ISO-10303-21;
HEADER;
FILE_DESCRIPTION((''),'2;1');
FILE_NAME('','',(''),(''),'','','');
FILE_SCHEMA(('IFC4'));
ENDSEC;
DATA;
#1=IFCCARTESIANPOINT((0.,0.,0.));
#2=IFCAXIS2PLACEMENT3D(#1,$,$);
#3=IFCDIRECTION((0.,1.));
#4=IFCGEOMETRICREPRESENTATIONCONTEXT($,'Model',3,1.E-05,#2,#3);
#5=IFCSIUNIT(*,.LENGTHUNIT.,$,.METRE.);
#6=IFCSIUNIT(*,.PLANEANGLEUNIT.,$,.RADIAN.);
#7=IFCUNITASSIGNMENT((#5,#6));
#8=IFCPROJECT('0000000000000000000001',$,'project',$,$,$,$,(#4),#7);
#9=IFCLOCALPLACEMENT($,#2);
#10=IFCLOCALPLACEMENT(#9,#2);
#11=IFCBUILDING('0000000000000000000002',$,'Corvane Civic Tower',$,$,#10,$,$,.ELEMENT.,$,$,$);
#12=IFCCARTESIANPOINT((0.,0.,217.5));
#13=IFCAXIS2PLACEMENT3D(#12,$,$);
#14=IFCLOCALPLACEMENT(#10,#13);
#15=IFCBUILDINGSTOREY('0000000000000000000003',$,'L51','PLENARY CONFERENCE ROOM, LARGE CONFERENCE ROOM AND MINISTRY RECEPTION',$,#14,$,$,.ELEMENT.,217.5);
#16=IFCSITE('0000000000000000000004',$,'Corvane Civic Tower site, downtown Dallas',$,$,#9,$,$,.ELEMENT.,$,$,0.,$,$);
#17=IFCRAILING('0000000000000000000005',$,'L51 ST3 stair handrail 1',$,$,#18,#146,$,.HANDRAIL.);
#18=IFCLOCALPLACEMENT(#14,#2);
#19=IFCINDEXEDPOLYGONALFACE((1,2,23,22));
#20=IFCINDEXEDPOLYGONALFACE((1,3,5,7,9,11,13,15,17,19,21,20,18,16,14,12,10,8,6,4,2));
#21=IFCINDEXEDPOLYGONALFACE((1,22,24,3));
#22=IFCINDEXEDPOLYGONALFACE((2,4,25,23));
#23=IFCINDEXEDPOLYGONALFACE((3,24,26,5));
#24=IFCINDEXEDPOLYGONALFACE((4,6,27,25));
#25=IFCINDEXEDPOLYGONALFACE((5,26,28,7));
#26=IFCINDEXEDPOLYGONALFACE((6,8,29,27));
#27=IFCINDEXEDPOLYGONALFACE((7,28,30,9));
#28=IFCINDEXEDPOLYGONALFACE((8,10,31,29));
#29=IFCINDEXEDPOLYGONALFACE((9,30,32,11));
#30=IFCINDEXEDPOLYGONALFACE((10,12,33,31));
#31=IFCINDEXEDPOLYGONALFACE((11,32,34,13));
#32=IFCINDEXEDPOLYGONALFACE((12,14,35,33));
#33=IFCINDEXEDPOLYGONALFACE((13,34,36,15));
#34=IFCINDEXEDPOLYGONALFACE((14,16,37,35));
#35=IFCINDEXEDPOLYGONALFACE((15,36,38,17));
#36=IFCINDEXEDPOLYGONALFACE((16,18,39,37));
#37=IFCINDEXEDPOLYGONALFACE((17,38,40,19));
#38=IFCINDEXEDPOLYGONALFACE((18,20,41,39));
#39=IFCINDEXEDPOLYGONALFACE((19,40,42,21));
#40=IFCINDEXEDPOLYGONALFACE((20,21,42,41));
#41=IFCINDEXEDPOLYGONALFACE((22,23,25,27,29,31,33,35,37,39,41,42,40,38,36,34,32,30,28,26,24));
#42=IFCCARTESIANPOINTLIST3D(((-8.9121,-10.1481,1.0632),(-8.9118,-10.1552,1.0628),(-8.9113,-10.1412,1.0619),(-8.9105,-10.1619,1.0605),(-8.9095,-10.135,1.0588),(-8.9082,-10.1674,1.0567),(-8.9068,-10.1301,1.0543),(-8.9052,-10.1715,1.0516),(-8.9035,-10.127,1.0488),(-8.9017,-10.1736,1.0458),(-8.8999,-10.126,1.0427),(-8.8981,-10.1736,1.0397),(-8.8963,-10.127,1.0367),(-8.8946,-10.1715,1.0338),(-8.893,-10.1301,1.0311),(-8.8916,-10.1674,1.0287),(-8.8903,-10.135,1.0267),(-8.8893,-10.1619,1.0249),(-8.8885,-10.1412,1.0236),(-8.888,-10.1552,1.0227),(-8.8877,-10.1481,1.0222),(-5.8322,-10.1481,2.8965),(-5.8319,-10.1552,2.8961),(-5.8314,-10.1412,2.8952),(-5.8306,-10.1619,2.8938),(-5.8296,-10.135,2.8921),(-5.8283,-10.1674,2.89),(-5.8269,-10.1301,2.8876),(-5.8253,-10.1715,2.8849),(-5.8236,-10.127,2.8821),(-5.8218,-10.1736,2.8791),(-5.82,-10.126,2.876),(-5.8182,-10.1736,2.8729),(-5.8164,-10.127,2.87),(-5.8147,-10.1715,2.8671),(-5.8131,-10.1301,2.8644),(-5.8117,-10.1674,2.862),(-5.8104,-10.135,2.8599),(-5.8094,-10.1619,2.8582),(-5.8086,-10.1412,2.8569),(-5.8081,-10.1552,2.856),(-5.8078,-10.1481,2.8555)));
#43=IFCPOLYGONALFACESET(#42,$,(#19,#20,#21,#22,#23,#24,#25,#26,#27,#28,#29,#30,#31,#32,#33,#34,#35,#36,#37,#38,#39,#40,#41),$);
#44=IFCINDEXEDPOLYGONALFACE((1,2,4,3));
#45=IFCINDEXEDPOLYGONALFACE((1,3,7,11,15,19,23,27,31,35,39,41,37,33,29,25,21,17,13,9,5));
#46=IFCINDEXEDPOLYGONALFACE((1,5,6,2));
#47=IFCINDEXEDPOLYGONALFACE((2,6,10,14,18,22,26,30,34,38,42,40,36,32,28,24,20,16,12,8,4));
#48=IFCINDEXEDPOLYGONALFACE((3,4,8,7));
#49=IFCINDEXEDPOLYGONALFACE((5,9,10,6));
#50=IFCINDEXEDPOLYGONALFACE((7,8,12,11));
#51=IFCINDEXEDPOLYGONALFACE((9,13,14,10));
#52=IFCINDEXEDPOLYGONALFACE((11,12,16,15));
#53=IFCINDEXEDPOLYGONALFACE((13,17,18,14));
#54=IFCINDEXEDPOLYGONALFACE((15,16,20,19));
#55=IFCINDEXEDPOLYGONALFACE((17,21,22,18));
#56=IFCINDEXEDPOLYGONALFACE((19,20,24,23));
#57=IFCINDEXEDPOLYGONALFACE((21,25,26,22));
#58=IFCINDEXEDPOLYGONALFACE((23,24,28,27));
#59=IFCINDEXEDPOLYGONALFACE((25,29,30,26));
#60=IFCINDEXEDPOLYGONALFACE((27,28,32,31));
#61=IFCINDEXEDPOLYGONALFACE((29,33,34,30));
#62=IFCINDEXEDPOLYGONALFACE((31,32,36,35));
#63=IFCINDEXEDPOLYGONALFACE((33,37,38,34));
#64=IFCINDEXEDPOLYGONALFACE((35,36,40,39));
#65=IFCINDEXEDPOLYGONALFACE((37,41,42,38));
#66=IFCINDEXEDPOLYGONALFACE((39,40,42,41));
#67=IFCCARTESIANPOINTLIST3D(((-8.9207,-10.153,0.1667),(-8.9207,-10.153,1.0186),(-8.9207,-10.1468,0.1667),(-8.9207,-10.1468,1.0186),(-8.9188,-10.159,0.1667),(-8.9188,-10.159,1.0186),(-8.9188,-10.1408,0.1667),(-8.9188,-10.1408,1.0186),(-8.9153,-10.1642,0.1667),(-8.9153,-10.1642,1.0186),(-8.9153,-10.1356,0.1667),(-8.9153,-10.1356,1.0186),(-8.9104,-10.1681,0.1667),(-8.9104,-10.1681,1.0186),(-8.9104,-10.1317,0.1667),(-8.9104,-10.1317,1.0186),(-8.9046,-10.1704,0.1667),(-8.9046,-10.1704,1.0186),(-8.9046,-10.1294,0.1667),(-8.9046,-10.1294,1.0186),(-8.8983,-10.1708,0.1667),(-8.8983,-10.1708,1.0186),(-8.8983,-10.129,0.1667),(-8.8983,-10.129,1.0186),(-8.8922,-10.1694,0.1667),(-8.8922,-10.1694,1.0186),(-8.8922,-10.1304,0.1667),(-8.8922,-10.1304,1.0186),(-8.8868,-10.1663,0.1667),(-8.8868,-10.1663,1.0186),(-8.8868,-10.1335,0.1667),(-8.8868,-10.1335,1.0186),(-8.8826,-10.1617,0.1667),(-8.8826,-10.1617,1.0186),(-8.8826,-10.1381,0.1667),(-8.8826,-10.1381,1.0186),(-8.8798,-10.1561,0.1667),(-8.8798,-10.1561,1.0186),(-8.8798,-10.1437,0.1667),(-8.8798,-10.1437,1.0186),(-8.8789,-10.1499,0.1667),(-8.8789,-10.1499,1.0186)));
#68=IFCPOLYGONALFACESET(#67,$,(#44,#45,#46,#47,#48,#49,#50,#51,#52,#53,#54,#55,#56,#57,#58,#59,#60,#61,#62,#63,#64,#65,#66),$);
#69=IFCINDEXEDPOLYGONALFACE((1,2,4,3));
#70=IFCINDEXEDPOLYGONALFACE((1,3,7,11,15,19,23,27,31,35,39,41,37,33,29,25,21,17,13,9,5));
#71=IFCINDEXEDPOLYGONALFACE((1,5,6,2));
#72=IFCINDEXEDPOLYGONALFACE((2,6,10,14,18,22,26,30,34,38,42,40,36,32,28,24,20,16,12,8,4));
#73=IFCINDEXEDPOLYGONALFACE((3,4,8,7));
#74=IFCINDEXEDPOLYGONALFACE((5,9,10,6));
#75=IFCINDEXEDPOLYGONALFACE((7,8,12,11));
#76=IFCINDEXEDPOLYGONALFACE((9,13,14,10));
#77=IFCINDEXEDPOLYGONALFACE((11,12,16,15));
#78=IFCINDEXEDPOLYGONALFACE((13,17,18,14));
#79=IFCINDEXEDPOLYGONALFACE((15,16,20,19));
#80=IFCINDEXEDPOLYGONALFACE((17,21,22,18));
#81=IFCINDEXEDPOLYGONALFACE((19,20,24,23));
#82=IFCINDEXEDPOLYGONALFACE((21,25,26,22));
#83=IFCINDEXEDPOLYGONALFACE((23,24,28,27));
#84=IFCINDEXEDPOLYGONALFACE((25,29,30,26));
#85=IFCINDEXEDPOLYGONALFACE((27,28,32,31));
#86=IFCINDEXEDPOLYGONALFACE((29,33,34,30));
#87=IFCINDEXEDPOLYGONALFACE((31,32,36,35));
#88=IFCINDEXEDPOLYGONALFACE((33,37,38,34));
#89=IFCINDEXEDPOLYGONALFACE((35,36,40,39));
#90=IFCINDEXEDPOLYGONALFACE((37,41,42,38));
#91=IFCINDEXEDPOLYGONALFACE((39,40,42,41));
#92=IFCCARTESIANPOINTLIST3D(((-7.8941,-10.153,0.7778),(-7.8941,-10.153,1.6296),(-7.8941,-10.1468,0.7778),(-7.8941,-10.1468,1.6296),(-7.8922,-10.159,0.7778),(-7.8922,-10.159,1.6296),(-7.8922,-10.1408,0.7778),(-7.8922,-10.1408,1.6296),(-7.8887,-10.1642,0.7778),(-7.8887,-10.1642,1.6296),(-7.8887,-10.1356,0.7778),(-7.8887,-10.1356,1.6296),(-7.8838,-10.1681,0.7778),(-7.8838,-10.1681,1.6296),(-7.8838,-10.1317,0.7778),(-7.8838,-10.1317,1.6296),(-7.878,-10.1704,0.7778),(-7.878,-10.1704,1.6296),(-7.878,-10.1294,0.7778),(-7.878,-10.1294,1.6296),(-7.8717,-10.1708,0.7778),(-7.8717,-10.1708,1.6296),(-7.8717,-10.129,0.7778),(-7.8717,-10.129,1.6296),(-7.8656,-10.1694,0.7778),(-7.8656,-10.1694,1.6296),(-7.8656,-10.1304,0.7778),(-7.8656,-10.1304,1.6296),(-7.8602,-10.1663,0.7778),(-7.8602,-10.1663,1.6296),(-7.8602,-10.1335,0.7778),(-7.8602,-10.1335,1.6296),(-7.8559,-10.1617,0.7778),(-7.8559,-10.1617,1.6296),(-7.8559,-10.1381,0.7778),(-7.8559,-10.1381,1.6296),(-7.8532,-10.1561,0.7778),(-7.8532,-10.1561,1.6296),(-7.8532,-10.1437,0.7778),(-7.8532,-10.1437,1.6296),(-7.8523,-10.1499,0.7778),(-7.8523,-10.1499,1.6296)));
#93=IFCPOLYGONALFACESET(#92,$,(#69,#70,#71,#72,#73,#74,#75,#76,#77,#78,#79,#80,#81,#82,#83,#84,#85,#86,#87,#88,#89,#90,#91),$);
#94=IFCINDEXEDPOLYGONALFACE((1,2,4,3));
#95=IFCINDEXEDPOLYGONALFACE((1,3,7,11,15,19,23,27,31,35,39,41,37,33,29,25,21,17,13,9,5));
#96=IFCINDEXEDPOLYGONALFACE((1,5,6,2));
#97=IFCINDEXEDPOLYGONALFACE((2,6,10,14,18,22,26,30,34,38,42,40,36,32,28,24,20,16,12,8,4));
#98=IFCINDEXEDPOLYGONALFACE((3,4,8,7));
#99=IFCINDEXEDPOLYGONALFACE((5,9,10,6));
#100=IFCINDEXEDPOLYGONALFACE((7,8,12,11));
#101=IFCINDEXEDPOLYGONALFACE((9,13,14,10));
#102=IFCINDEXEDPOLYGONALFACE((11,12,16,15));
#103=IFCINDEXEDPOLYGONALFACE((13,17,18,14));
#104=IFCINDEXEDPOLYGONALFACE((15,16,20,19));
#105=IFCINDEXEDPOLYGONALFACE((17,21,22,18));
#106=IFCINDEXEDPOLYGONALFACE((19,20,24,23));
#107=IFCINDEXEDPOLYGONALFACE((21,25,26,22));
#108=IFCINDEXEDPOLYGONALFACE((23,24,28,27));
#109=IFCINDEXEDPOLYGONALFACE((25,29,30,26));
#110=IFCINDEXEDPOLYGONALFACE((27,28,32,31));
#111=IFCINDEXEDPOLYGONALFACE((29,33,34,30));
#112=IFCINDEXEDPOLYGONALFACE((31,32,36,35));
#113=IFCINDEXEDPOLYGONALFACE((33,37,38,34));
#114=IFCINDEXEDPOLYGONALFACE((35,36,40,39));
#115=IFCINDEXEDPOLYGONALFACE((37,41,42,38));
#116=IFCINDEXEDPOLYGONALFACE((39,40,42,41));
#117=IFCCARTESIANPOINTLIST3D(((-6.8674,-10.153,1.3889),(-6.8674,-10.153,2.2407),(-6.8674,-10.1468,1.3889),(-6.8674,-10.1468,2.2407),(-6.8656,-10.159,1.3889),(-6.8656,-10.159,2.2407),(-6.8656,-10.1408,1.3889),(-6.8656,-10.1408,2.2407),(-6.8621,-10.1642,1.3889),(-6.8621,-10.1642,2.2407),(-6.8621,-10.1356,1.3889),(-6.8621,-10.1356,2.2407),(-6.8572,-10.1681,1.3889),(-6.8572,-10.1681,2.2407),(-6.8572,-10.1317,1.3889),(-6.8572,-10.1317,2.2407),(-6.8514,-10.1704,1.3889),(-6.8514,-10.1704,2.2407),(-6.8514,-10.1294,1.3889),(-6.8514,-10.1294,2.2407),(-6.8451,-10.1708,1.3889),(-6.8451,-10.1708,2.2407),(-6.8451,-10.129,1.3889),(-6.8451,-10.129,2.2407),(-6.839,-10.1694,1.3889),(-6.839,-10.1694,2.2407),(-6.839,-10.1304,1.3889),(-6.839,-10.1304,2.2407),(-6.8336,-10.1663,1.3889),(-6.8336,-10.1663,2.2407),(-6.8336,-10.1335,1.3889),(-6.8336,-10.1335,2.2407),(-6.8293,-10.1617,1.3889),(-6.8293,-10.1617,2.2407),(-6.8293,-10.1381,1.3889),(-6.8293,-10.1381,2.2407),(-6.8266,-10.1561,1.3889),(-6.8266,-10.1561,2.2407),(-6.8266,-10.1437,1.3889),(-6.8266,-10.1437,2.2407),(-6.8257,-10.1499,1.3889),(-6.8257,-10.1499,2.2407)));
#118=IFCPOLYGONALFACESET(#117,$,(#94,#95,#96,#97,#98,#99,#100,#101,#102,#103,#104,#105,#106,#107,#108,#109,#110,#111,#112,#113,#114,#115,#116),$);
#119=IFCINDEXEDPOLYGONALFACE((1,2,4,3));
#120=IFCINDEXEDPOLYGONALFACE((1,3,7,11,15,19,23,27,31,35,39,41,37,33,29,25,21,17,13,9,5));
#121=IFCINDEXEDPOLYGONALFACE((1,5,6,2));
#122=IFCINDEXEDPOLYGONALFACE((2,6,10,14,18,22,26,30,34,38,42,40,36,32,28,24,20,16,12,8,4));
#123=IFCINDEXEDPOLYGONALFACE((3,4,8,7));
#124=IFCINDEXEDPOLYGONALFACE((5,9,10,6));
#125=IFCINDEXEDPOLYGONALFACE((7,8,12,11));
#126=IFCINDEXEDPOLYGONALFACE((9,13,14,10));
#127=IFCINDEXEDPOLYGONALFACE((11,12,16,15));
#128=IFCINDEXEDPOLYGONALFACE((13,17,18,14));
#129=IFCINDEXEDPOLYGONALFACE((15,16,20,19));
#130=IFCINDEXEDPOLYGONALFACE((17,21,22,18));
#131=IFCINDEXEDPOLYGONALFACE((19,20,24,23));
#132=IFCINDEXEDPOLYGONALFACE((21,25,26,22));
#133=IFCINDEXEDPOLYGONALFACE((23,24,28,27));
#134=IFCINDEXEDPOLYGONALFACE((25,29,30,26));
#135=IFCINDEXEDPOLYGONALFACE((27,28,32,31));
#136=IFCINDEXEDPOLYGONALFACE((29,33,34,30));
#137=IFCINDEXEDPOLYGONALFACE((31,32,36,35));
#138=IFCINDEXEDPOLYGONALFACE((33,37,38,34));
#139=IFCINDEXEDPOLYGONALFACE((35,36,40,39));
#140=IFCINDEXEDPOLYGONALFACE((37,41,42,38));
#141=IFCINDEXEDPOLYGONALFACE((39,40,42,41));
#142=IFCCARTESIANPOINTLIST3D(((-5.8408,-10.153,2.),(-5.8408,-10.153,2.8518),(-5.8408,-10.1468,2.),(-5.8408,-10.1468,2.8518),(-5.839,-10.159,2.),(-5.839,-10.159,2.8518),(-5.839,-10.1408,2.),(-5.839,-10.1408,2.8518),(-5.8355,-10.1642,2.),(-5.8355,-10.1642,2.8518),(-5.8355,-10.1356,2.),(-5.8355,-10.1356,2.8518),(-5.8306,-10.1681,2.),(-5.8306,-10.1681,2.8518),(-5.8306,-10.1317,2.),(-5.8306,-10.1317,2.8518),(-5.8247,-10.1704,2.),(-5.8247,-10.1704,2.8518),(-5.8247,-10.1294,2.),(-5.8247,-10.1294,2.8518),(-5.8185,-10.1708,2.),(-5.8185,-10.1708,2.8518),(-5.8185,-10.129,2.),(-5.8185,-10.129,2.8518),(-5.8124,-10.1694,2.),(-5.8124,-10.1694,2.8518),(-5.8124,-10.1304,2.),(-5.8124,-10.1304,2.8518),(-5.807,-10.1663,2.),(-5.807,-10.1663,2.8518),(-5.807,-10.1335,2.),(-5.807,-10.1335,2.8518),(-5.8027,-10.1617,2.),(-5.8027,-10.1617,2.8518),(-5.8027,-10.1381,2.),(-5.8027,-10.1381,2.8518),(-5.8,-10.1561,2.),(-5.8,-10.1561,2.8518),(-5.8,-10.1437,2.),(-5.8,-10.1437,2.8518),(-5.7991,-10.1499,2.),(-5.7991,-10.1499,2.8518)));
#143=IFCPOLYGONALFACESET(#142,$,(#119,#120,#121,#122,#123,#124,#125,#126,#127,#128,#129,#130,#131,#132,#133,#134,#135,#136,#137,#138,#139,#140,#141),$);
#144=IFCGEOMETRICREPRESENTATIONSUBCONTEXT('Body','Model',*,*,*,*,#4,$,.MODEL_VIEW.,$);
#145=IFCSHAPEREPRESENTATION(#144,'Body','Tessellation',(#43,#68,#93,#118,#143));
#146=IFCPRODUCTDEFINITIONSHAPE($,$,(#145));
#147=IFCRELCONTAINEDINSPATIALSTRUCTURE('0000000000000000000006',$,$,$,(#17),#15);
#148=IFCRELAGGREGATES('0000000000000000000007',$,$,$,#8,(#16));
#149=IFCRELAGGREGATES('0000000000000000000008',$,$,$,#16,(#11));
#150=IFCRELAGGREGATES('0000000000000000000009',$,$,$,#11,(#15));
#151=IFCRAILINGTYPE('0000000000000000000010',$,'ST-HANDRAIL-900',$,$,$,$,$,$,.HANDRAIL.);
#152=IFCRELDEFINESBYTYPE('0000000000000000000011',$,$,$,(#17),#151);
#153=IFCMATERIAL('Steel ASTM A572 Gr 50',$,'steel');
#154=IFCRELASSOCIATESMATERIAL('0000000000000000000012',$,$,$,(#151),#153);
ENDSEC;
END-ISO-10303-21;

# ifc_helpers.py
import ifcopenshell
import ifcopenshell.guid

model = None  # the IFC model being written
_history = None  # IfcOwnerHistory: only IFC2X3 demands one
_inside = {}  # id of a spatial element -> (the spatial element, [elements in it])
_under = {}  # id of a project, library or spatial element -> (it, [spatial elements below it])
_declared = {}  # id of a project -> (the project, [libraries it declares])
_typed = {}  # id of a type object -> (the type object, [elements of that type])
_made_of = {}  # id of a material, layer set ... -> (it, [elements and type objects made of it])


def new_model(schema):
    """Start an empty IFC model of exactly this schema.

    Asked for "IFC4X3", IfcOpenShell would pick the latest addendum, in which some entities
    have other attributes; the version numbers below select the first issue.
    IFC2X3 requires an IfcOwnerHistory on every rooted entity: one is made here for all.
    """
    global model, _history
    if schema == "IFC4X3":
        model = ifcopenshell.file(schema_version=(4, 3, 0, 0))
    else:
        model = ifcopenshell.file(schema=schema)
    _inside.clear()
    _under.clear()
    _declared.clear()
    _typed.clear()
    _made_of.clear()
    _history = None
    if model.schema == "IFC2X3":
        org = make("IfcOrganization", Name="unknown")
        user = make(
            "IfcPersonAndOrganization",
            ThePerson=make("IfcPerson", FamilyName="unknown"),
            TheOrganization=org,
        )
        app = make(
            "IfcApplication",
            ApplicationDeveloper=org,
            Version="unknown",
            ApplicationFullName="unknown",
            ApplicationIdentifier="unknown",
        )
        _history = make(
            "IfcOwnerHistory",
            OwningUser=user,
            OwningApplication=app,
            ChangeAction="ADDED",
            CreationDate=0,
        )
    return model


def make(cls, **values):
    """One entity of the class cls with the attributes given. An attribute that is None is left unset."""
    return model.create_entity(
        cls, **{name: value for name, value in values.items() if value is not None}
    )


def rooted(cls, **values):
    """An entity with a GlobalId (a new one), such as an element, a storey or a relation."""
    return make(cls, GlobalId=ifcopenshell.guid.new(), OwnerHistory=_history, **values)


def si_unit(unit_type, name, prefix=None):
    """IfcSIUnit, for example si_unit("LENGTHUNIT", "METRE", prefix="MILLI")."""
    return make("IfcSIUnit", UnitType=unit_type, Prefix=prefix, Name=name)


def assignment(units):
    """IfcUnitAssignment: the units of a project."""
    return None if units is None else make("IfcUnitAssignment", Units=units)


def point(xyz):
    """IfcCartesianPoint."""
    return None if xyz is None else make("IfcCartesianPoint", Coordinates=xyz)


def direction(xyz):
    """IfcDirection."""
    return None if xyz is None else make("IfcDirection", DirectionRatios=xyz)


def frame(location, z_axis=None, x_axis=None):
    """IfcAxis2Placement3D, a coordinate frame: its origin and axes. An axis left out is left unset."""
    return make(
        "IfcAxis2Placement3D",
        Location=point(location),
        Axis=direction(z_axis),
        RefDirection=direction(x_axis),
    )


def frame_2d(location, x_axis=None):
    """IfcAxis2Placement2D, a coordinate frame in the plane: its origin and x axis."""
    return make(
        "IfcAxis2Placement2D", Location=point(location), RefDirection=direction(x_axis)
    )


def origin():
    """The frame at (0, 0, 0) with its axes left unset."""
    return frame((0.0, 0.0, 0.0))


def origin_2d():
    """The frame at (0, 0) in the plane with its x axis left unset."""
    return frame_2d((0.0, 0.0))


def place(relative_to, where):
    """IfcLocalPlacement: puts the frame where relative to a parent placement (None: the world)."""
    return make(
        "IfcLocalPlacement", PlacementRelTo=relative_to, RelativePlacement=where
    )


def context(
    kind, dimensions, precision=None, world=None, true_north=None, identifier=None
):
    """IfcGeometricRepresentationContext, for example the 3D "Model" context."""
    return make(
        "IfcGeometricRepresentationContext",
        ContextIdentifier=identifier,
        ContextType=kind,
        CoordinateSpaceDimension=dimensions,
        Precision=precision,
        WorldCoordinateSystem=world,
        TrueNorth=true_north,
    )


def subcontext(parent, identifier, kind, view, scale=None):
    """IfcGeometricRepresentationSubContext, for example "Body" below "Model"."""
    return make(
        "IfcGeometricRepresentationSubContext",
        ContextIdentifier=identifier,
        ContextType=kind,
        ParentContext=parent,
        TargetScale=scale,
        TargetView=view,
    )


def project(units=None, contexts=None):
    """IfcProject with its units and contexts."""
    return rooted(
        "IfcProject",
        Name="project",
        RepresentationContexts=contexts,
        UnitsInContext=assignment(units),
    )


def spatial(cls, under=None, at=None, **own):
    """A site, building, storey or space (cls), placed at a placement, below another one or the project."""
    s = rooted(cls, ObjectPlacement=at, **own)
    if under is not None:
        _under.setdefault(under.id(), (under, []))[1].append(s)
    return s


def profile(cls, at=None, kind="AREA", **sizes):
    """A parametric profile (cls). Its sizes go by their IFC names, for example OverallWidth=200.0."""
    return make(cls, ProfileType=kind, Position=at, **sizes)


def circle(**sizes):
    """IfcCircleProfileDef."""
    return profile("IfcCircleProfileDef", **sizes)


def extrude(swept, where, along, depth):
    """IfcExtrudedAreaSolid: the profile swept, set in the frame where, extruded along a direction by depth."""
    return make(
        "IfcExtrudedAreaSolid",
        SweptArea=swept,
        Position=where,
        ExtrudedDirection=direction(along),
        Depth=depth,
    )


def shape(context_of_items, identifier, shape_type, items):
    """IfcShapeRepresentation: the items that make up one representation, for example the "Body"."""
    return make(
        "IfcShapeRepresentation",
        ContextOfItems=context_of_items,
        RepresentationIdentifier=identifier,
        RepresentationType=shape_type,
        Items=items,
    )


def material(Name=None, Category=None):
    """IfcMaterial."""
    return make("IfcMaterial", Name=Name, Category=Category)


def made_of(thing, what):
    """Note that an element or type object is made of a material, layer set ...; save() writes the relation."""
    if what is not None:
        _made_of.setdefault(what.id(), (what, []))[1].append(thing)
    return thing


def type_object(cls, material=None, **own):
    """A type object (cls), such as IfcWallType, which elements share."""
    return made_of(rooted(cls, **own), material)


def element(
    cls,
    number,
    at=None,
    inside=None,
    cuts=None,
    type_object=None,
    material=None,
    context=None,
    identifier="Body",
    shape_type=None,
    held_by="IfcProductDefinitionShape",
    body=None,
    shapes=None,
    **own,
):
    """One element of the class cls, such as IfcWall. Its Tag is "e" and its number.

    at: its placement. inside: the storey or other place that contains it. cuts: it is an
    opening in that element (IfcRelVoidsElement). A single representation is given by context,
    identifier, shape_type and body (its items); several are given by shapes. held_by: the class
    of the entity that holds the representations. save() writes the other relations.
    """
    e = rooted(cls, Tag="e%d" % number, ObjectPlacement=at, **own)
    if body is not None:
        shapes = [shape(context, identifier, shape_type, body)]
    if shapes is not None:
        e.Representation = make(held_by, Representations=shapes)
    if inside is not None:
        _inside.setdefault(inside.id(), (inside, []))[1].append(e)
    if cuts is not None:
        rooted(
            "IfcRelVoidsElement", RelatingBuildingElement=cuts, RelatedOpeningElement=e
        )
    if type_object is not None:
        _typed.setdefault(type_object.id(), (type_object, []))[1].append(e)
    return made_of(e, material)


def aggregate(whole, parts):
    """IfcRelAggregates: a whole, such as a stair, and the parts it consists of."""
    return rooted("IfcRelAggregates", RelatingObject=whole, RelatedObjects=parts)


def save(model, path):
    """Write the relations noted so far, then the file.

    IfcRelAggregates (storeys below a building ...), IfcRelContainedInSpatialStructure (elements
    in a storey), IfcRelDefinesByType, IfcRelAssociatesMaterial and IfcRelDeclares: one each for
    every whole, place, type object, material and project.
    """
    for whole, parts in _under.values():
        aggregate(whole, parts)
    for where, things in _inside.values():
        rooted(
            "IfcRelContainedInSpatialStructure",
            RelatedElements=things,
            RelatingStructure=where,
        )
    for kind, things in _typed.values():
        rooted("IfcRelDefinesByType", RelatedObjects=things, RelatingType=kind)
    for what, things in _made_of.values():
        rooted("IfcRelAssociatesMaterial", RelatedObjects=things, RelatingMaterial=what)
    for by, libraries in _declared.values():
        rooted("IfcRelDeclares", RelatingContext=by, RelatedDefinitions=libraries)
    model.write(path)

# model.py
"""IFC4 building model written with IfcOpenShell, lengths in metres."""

from ifc_helpers import new_model, si_unit, direction, frame, origin, origin_2d, place, context, subcontext, project, spatial, circle, extrude, material, type_object, element, save


model = new_model("IFC4")

# Units and contexts
model_context = context("Model", 3, precision=1e-05, world=origin(), true_north=direction((0.0, 1.0)))
body_context = subcontext(model_context, "Body", "Model", "MODEL_VIEW")
ifc_project = project(units=[si_unit("LENGTHUNIT", "METRE"), si_unit("PLANEANGLEUNIT", "RADIAN")], contexts=[model_context])

# Site, building, storey
site_placement = place(None, origin())
site = spatial("IfcSite", under=ifc_project, at=site_placement, Name="Corvane Civic Tower site, downtown Dallas", CompositionType="ELEMENT", RefElevation=0.0)
building_placement = place(site_placement, origin())
building = spatial("IfcBuilding", under=site, at=building_placement, Name="Corvane Civic Tower", CompositionType="ELEMENT")
storey_placement = place(building_placement, frame((0.0, 0.0, 217.5)))
storey = spatial("IfcBuildingStorey", under=building, at=storey_placement, Name="L51", Description="PLENARY CONFERENCE ROOM, LARGE CONFERENCE ROOM AND MINISTRY RECEPTION", CompositionType="ELEMENT", Elevation=217.5)

# Railing
ifc_material_1 = material(Name="Steel ASTM A572 Gr 50", Category="steel")
railing_type_1 = type_object("IfcRailingType", Name="ST-HANDRAIL-900", PredefinedType="HANDRAIL", material=ifc_material_1)
railing_1_placement = place(storey_placement, frame((-8.8999, -10.1499, 0.1667)))
element("IfcRailing", 1, at=railing_1_placement, inside=storey, type_object=railing_type_1, Name="L51 ST3 stair handrail 1", PredefinedType="HANDRAIL", context=body_context, shape_type="SweptSolid", body=[
    extrude(circle(Radius=0.0239, at=origin_2d()), frame((0.0, 0.0, 0.876), z_axis=(0.859291, 0.0, 0.511487), x_axis=(0.0, 1.0, 0.0)), (0.0, 0.0, 1.0), 3.5842),
    extrude(circle(Radius=0.021, at=origin_2d()), origin(), (0.0, 0.0, 1.0), 0.8518),
    extrude(circle(Radius=0.021, at=origin_2d()), frame((1.0266, 0.0, 0.6111)), (0.0, 0.0, 1.0), 0.8518),
    extrude(circle(Radius=0.021, at=origin_2d()), frame((2.0532, 0.0, 1.2222)), (0.0, 0.0, 1.0), 0.8518),
    extrude(circle(Radius=0.021, at=origin_2d()), frame((3.0798, 0.0, 1.8333)), (0.0, 0.0, 1.0), 0.8518),
])

save(model, "model.ifc")
